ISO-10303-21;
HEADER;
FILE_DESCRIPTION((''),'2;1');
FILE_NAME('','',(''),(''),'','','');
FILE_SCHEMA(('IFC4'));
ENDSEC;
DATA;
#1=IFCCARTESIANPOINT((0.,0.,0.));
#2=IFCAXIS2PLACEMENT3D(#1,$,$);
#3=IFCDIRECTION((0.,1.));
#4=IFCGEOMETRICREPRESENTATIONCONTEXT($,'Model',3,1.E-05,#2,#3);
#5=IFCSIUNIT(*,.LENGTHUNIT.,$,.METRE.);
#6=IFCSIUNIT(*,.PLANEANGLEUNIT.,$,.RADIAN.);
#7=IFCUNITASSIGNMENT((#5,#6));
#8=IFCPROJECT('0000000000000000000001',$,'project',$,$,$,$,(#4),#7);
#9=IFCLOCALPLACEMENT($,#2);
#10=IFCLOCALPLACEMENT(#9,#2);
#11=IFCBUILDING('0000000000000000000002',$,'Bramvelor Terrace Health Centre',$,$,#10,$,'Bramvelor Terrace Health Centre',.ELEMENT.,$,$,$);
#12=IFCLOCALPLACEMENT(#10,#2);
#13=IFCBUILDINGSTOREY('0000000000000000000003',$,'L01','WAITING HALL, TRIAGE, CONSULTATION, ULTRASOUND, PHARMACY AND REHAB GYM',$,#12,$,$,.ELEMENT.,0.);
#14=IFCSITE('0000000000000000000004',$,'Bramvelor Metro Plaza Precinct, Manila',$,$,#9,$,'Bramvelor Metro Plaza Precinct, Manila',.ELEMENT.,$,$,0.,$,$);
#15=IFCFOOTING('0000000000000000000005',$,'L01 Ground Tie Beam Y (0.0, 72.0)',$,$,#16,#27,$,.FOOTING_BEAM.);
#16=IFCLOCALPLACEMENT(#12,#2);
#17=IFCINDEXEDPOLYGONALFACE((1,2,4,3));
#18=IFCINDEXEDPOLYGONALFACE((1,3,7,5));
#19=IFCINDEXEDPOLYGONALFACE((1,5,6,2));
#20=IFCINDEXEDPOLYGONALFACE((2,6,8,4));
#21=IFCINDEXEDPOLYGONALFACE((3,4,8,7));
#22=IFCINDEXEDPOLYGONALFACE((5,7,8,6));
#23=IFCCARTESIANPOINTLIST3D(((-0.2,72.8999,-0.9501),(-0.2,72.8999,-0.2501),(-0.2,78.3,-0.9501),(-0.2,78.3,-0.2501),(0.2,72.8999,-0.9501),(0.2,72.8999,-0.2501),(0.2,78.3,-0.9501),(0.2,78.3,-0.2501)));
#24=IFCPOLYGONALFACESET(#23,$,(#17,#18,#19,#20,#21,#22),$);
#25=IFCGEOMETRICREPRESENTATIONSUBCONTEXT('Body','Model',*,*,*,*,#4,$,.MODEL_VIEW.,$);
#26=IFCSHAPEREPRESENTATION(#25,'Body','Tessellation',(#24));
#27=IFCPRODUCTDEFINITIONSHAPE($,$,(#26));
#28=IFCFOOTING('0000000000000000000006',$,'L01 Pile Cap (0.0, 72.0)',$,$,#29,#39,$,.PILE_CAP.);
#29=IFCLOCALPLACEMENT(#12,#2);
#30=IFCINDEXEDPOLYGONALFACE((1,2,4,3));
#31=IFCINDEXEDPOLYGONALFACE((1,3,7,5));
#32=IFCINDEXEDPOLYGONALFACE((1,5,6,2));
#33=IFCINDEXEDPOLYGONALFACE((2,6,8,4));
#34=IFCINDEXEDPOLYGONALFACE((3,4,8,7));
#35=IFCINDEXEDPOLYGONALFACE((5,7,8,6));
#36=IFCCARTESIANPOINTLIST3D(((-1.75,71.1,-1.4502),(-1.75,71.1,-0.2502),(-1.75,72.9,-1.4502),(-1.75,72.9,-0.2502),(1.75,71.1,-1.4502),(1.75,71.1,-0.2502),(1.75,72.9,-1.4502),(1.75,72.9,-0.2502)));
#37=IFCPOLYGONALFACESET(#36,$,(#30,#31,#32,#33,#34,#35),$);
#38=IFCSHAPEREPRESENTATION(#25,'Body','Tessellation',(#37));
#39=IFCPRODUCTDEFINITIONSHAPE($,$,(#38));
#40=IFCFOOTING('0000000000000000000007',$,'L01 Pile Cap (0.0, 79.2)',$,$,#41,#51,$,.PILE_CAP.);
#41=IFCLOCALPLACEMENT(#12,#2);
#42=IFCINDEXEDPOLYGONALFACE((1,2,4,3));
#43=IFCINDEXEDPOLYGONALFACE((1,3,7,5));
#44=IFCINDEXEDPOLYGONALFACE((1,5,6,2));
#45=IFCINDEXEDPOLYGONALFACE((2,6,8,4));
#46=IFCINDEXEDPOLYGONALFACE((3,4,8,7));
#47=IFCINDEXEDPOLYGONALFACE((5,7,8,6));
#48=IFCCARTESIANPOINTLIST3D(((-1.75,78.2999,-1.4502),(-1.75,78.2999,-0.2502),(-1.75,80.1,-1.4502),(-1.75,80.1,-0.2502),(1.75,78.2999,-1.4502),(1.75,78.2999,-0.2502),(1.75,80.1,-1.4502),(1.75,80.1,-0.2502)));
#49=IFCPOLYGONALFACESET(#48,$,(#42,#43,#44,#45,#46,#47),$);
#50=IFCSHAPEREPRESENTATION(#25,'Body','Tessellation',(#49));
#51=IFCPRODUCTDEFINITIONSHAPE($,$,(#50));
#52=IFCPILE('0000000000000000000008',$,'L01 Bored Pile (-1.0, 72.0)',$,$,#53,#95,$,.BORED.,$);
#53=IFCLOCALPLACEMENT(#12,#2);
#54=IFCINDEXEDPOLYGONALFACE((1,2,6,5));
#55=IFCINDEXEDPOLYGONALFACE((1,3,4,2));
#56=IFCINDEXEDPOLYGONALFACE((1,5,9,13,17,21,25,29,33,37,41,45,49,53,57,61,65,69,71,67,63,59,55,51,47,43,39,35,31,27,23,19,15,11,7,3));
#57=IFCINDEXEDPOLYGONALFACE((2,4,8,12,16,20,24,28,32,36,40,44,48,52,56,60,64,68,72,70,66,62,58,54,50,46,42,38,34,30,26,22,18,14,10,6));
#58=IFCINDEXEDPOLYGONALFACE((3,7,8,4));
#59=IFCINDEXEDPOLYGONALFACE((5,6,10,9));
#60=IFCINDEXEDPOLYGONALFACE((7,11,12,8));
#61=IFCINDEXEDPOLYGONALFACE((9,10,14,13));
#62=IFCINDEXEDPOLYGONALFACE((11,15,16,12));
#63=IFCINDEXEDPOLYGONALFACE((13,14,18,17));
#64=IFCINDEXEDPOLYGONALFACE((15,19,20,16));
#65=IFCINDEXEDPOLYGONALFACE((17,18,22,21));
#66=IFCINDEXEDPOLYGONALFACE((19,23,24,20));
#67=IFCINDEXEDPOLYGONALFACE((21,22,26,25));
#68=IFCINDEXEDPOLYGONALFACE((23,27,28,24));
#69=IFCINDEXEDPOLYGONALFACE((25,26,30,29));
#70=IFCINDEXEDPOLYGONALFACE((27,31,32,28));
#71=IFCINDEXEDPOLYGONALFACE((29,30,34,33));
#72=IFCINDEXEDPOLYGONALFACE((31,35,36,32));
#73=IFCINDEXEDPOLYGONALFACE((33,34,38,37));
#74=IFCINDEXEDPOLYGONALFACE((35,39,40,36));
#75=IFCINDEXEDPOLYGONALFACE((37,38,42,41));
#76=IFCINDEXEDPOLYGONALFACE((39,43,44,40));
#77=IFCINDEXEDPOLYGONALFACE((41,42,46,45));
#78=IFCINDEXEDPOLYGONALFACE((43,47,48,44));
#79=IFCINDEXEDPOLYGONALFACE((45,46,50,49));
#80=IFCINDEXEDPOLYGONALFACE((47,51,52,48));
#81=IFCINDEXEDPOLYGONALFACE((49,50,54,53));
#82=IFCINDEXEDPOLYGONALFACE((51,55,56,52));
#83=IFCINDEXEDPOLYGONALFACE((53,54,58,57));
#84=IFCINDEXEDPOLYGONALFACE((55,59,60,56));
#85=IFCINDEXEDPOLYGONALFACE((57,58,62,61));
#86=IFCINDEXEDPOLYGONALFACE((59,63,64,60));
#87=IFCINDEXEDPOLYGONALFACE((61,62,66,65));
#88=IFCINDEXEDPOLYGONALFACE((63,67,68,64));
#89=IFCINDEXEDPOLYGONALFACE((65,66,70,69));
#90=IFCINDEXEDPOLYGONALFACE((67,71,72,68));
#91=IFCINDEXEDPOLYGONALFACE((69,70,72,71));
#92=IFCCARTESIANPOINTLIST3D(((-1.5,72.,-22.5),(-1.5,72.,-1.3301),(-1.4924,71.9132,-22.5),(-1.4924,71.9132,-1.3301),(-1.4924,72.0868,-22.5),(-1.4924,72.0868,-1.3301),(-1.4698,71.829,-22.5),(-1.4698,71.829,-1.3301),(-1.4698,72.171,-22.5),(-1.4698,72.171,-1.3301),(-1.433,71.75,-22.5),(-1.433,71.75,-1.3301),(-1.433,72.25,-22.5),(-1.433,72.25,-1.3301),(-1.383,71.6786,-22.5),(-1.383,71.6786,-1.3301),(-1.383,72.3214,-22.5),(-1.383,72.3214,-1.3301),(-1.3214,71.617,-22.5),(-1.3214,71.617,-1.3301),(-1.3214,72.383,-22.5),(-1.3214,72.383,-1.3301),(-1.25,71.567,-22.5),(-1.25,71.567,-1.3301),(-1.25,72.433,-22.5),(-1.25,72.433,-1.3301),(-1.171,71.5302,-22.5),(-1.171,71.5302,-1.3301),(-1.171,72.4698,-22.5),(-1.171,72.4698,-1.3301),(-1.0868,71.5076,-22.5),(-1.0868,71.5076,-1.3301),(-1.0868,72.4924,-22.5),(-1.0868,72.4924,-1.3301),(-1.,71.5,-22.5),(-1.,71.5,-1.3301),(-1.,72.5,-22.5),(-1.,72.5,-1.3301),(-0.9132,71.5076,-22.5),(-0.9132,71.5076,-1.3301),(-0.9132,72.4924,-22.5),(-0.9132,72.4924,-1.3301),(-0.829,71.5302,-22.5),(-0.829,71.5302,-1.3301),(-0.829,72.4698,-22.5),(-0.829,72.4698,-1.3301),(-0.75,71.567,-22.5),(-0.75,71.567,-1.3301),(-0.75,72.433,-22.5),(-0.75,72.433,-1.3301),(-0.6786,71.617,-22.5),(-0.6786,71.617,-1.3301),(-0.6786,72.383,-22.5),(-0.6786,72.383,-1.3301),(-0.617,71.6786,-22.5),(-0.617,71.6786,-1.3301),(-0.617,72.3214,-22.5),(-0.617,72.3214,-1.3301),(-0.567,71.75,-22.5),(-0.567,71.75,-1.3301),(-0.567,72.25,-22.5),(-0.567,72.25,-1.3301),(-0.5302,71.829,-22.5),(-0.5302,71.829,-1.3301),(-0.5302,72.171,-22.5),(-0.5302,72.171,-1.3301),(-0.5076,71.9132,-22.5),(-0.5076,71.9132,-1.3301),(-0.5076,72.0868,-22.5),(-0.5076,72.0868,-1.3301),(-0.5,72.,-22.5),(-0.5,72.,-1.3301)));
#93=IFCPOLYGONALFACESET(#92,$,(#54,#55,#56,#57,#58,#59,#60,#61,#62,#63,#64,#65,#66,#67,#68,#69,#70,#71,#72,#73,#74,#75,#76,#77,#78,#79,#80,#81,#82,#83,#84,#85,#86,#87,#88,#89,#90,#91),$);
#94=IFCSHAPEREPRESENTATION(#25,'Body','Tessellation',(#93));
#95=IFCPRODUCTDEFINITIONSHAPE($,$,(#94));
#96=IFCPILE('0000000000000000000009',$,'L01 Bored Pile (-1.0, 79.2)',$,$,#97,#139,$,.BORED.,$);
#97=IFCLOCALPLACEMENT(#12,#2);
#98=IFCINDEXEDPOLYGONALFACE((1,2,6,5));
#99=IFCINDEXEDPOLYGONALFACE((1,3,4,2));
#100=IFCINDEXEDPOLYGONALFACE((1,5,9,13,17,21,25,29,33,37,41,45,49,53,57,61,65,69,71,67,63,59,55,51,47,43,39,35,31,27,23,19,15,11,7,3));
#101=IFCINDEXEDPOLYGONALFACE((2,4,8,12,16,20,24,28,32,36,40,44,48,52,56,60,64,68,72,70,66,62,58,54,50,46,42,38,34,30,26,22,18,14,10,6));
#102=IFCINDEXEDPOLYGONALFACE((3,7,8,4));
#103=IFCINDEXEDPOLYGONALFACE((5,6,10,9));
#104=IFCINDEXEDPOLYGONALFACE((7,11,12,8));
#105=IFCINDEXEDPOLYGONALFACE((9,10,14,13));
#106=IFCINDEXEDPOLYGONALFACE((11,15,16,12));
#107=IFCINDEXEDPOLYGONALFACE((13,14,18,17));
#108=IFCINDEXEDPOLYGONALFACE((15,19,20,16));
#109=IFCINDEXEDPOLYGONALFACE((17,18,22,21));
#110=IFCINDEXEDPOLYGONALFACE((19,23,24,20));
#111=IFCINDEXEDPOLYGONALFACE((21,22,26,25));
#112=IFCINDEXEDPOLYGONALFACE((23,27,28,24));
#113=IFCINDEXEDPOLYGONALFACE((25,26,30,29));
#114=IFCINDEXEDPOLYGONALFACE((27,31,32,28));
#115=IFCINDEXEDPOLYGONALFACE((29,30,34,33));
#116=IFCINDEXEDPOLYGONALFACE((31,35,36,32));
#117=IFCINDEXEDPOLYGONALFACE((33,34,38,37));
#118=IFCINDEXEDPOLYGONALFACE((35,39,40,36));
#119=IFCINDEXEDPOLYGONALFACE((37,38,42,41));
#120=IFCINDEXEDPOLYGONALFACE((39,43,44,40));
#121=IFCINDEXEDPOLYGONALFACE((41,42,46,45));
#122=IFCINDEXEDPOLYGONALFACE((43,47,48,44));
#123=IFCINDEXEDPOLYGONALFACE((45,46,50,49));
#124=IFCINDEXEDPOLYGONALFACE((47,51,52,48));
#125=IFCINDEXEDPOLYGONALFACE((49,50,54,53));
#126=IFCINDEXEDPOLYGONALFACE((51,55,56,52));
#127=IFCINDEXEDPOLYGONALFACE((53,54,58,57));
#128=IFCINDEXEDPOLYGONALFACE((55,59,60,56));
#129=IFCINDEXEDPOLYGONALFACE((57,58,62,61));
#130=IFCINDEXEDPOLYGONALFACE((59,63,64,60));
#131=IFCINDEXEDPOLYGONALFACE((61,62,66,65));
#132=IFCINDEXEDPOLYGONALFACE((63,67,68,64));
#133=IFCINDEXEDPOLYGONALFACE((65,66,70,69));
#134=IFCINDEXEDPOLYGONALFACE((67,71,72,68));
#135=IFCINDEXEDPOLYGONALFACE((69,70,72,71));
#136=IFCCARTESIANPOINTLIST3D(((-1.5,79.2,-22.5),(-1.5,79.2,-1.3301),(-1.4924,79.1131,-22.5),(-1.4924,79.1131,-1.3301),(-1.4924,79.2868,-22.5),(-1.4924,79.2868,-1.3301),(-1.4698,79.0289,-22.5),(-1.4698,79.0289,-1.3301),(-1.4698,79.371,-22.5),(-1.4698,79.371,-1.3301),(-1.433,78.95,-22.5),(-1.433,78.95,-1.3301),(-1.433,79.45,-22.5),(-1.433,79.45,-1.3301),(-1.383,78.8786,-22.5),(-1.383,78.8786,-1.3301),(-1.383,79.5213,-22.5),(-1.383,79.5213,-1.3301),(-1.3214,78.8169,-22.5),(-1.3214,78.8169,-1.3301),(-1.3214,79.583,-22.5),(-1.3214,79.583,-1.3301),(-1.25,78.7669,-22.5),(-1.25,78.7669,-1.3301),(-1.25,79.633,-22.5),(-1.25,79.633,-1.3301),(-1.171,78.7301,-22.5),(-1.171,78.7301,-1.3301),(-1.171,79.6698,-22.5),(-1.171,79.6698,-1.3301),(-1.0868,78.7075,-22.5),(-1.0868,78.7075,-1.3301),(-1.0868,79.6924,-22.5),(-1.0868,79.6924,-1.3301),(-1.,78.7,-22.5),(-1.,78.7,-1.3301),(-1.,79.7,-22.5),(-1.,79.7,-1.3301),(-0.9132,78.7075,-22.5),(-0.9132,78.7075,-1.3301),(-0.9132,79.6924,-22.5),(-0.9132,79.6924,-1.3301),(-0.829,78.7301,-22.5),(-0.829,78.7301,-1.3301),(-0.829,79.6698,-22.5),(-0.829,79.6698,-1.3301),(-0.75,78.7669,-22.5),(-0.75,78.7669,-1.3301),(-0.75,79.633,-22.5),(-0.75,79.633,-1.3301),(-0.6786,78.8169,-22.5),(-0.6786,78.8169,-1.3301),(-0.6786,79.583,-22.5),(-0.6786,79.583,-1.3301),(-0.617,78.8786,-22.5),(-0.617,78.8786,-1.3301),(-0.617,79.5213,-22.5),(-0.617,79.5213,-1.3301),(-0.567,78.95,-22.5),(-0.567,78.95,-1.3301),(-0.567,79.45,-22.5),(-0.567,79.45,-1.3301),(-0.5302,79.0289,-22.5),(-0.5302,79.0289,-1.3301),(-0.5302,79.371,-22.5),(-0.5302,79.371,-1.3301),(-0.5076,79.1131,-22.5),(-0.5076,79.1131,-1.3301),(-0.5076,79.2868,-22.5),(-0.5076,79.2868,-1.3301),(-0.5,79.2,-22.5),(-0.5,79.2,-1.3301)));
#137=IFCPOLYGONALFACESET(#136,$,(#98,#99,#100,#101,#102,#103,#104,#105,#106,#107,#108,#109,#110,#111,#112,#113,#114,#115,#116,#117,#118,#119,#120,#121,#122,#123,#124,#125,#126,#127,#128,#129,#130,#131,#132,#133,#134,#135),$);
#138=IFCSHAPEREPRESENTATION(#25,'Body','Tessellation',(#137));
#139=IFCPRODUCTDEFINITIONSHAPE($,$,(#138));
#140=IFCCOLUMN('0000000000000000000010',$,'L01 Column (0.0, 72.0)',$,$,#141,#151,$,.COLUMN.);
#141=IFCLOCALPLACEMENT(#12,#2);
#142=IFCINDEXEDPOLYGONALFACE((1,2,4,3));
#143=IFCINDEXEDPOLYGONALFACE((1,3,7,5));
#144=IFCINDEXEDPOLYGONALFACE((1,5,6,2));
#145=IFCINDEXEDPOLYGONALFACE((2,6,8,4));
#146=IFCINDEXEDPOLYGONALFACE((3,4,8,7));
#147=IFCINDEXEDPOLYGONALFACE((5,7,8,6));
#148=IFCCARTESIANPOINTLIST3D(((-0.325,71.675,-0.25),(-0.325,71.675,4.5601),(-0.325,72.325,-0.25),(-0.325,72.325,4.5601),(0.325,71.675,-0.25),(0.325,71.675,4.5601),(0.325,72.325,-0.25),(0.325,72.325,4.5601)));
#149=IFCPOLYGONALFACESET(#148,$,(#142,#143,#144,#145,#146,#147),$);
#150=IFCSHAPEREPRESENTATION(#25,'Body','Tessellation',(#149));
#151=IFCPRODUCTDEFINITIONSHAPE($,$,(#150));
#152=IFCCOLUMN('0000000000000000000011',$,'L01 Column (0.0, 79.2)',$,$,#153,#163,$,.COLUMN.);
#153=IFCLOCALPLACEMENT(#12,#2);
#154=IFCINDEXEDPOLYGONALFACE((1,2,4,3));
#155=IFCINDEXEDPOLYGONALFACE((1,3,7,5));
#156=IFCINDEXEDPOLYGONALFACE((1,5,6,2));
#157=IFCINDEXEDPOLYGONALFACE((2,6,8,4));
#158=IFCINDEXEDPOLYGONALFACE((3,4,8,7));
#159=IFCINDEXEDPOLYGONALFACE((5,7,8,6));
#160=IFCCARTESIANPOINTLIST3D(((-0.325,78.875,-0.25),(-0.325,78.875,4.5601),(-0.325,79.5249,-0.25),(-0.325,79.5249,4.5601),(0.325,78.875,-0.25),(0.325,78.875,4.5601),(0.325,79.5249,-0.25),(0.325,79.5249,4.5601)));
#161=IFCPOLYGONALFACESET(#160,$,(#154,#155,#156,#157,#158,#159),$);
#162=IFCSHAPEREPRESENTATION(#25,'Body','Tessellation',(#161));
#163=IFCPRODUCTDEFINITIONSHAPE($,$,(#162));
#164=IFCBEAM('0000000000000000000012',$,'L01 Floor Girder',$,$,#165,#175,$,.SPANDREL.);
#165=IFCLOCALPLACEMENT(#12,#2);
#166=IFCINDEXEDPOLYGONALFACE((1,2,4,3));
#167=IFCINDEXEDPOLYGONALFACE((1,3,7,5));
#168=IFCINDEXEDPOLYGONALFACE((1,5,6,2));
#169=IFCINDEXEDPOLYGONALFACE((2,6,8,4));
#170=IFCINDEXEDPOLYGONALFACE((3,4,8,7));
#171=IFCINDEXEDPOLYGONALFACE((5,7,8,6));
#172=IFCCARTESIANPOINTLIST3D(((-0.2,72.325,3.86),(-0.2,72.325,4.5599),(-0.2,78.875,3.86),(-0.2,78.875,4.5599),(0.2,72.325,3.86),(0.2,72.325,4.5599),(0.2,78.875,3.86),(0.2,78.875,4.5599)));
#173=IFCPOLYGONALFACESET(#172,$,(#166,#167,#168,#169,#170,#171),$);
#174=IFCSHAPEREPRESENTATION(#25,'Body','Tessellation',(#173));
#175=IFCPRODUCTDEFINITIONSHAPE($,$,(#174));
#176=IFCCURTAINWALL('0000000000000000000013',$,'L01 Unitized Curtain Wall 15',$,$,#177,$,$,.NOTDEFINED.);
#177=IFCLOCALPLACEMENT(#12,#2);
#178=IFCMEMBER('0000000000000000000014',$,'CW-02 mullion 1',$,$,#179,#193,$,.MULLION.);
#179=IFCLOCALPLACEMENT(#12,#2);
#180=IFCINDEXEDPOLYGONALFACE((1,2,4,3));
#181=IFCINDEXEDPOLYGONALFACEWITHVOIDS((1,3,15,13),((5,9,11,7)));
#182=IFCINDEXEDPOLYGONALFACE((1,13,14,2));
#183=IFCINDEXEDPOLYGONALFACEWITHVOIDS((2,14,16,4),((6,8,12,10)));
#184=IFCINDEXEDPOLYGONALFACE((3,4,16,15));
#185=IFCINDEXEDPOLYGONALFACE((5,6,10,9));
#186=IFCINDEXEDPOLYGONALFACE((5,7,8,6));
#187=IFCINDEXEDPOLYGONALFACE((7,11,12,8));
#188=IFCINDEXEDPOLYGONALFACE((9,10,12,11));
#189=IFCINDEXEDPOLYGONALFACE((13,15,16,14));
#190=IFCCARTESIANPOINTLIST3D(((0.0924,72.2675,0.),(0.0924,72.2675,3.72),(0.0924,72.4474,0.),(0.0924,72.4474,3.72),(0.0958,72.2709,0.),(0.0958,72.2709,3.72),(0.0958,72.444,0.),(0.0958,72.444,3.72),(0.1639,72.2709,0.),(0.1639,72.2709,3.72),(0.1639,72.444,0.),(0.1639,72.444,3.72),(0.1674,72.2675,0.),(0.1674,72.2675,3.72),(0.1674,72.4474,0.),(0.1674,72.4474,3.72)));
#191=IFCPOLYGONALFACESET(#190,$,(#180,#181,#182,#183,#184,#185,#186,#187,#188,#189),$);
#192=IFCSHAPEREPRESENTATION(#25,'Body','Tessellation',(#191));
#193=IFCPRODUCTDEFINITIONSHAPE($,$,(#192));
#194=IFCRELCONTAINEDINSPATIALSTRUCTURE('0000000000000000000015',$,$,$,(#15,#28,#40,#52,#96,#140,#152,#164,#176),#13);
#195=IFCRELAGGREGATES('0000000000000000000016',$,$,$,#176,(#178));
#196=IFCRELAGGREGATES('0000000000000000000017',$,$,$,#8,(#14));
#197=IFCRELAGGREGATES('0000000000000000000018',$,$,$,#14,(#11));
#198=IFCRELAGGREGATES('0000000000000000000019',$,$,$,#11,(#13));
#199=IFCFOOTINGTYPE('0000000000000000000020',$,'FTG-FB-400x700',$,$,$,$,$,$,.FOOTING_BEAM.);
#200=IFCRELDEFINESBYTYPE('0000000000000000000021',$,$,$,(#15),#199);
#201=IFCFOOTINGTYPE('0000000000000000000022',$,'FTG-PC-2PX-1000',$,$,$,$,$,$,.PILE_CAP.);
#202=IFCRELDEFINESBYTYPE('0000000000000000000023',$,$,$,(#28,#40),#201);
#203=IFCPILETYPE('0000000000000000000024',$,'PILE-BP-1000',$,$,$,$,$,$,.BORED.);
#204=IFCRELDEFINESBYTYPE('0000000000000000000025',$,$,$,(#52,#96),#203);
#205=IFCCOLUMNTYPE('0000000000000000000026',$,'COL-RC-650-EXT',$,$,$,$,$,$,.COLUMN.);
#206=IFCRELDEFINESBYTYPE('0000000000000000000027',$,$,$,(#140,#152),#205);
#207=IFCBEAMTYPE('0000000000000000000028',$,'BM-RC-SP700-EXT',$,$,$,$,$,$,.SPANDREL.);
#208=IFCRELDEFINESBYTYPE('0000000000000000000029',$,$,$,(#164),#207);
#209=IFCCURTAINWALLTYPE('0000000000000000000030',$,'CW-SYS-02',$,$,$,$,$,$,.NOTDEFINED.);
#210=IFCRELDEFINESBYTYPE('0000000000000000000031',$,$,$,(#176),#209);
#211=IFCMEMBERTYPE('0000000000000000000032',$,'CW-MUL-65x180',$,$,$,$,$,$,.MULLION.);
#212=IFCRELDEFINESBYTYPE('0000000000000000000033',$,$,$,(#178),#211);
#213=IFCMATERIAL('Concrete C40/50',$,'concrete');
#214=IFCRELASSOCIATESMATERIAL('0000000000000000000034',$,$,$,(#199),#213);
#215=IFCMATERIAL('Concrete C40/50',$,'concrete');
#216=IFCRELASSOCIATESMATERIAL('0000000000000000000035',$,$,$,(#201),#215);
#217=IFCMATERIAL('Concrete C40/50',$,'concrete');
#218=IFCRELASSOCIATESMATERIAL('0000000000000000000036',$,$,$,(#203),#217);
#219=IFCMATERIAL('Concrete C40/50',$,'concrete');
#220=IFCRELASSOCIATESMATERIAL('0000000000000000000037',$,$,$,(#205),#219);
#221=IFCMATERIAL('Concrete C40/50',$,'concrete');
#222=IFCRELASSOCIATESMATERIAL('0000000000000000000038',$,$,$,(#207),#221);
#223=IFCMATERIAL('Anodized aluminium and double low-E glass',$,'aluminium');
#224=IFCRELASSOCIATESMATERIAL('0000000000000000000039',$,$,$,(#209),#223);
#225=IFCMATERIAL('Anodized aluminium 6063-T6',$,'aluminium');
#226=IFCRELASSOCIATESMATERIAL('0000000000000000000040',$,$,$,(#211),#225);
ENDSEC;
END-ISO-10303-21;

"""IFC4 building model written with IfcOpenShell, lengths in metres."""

from ifc_helpers import new_model, si_unit, direction, frame, origin, origin_2d, place, context, subcontext, project, spatial, rectangle, hollow_rectangle, circle, extrude, material, material_profile, profile_set, type_object, element, aggregate, save


model = new_model("IFC4")

# Units and contexts
model_context = context("Model", 3, precision=1e-05, world=origin(), true_north=direction((0.0, 1.0)))
body_context = subcontext(model_context, "Body", "Model", "MODEL_VIEW")
ifc_project = project(units=[si_unit("LENGTHUNIT", "METRE"), si_unit("PLANEANGLEUNIT", "RADIAN")], contexts=[model_context])

# Site, building, storey
site_placement = place(None, origin())
site = spatial("IfcSite", under=ifc_project, at=site_placement, Name="Bramvelor Metro Plaza Precinct, Manila", LongName="Bramvelor Metro Plaza Precinct, Manila", CompositionType="ELEMENT", RefElevation=0.0)
building_placement = place(site_placement, origin())
building = spatial("IfcBuilding", under=site, at=building_placement, Name="Bramvelor Terrace Health Centre", LongName="Bramvelor Terrace Health Centre", CompositionType="ELEMENT")
storey_placement = place(building_placement, origin())
storey = spatial("IfcBuildingStorey", under=building, at=storey_placement, Name="L01", Description="WAITING HALL, TRIAGE, CONSULTATION, ULTRASOUND, PHARMACY AND REHAB GYM", CompositionType="ELEMENT", Elevation=0.0)

# Footings
ifc_material_1 = material(Name="Concrete C40/50", Category="concrete")
ifc_material_profile_1 = material_profile(ifc_material_1, rectangle(XDim=0.3999, YDim=0.7, at=origin_2d()), Name="RC 400x700")
ifc_profile_set_1 = profile_set([ifc_material_profile_1], Name="Concrete C40/50")
footing_type_1 = type_object("IfcFootingType", Name="FTG-FB-400x700", PredefinedType="FOOTING_BEAM", material=ifc_profile_set_1)
footing_placement = place(storey_placement, frame((0.0, 72.8999, -0.6001), z_axis=(0.0, 1.0, 0.0), x_axis=(-1.0, 0.0, 0.0)))
element("IfcFooting", 1, at=footing_placement, inside=storey, type_object=footing_type_1, Name="L01 Ground Tie Beam Y (0.0, 72.0)", PredefinedType="FOOTING_BEAM", context=body_context, shape_type="SweptSolid", body=[
    extrude(rectangle(XDim=0.3999, YDim=0.7, at=origin_2d()), origin(), (0.0, 0.0, 1.0), 5.4001),
])
ifc_material_2 = material(Name="Concrete C40/50", Category="concrete")
footing_type_2 = type_object("IfcFootingType", Name="FTG-PC-2PX-1000", PredefinedType="PILE_CAP", material=ifc_material_2)
for number, where, z_axis, x_axis, name in (
    (2, (0.0, 72.0, -1.4502), (0.0, 0.0, 1.0), (1.0, 0.0, 0.0), "L01 Pile Cap (0.0, 72.0)"),
    (3, (0.0, 79.2, -1.4502), (0.0, 0.0, 1.0), (1.0, 0.0, 0.0), "L01 Pile Cap (0.0, 79.2)"),
):
    element("IfcFooting", number, at=place(storey_placement, frame(where, z_axis=z_axis, x_axis=x_axis)), inside=storey, type_object=footing_type_2, Name=name, PredefinedType="PILE_CAP", context=body_context, shape_type="SweptSolid", body=[
        extrude(rectangle(XDim=3.5, YDim=1.8, at=origin_2d()), origin(), (0.0, 0.0, 1.0), 1.2),
    ])

# Piles
ifc_material_3 = material(Name="Concrete C40/50", Category="concrete")
ifc_material_profile_2 = material_profile(ifc_material_3, circle(Radius=0.5, at=origin_2d()), Name="BP D1000")
ifc_profile_set_2 = profile_set([ifc_material_profile_2], Name="Concrete C40/50")
pile_type = type_object("IfcPileType", Name="PILE-BP-1000", PredefinedType="BORED", material=ifc_profile_set_2)
for number, where, z_axis, x_axis, name in (
    (4, (-1.0, 72.0, -1.3301), (0.0, 0.0, -1.0), (1.0, 0.0, 0.0), "L01 Bored Pile (-1.0, 72.0)"),
    (5, (-1.0, 79.2, -1.3301), (0.0, 0.0, -1.0), (1.0, 0.0, 0.0), "L01 Bored Pile (-1.0, 79.2)"),
):
    element("IfcPile", number, at=place(storey_placement, frame(where, z_axis=z_axis, x_axis=x_axis)), inside=storey, type_object=pile_type, Name=name, PredefinedType="BORED", context=body_context, shape_type="SweptSolid", body=[
        extrude(circle(Radius=0.5, at=origin_2d()), origin(), (0.0, 0.0, 1.0), 21.1699),
    ])

# Columns
ifc_material_4 = material(Name="Concrete C40/50", Category="concrete")
ifc_material_profile_3 = material_profile(ifc_material_4, rectangle(XDim=0.6499, YDim=0.6499, at=origin_2d()), Name="RC 650x650")
ifc_profile_set_3 = profile_set([ifc_material_profile_3], Name="Concrete C40/50")
column_type = type_object("IfcColumnType", Name="COL-RC-650-EXT", PredefinedType="COLUMN", material=ifc_profile_set_3)
for number, where, z_axis, x_axis, name in (
    (6, (0.0, 72.0, -0.25), (0.0, 0.0, 1.0), (1.0, 0.0, 0.0), "L01 Column (0.0, 72.0)"),
    (7, (0.0, 79.2, -0.25), (0.0, 0.0, 1.0), (1.0, 0.0, 0.0), "L01 Column (0.0, 79.2)"),
):
    element("IfcColumn", number, at=place(storey_placement, frame(where, z_axis=z_axis, x_axis=x_axis)), inside=storey, type_object=column_type, Name=name, PredefinedType="COLUMN", context=body_context, shape_type="SweptSolid", body=[
        extrude(rectangle(XDim=0.6499, YDim=0.6499, at=origin_2d()), origin(), (0.0, 0.0, 1.0), 4.8101),
    ])

# Beam
ifc_material_5 = material(Name="Concrete C40/50", Category="concrete")
ifc_material_profile_4 = material_profile(ifc_material_5, rectangle(XDim=0.3999, YDim=0.7, at=origin_2d()), Name="RC 400x700")
ifc_profile_set_4 = profile_set([ifc_material_profile_4], Name="Concrete C40/50")
beam_type = type_object("IfcBeamType", Name="BM-RC-SP700-EXT", PredefinedType="SPANDREL", material=ifc_profile_set_4)
beam_placement = place(storey_placement, frame((0.0, 72.325, 4.21), z_axis=(0.0, 1.0, 0.0), x_axis=(-1.0, 0.0, 0.0)))
element("IfcBeam", 8, at=beam_placement, inside=storey, type_object=beam_type, Name="L01 Floor Girder", PredefinedType="SPANDREL", context=body_context, shape_type="SweptSolid", body=[
    extrude(rectangle(XDim=0.3999, YDim=0.7, at=origin_2d()), origin(), (0.0, 0.0, 1.0), 6.55),
])

# Curtain wall, member
ifc_material_6 = material(Name="Anodized aluminium and double low-E glass", Category="aluminium")
curtain_wall_type = type_object("IfcCurtainWallType", Name="CW-SYS-02", PredefinedType="NOTDEFINED", material=ifc_material_6)
curtain_wall_placement = place(storey_placement, origin())
curtain_wall = element("IfcCurtainWall", 9, at=curtain_wall_placement, inside=storey, type_object=curtain_wall_type, Name="L01 Unitized Curtain Wall 15", PredefinedType="NOTDEFINED")
ifc_material_7 = material(Name="Anodized aluminium 6063-T6", Category="aluminium")
ifc_material_profile_5 = material_profile(ifc_material_7, hollow_rectangle(XDim=0.075, YDim=0.1799, WallThickness=0.0034, at=origin_2d()), Name="ALU-MUL 75x180x3.5")
ifc_profile_set_5 = profile_set([ifc_material_profile_5], Name="Anodized aluminium 6063-T6")
member_type_1 = type_object("IfcMemberType", Name="CW-MUL-65x180", PredefinedType="MULLION", material=ifc_profile_set_5)
member_1_placement = place(storey_placement, frame((0.1299, 72.3574, 0.0), z_axis=(0.0, 0.0, 1.0), x_axis=(-1.0, 0.0, 0.0)))
member_1 = element("IfcMember", 10, at=member_1_placement, type_object=member_type_1, Name="CW-02 mullion 1", PredefinedType="MULLION", context=body_context, shape_type="SweptSolid", body=[
    extrude(hollow_rectangle(XDim=0.075, YDim=0.1799, WallThickness=0.0034, at=origin_2d()), origin(), (0.0, 0.0, 1.0), 3.72),
])
aggregate(curtain_wall, [member_1])

save(model, "model.ifc")
